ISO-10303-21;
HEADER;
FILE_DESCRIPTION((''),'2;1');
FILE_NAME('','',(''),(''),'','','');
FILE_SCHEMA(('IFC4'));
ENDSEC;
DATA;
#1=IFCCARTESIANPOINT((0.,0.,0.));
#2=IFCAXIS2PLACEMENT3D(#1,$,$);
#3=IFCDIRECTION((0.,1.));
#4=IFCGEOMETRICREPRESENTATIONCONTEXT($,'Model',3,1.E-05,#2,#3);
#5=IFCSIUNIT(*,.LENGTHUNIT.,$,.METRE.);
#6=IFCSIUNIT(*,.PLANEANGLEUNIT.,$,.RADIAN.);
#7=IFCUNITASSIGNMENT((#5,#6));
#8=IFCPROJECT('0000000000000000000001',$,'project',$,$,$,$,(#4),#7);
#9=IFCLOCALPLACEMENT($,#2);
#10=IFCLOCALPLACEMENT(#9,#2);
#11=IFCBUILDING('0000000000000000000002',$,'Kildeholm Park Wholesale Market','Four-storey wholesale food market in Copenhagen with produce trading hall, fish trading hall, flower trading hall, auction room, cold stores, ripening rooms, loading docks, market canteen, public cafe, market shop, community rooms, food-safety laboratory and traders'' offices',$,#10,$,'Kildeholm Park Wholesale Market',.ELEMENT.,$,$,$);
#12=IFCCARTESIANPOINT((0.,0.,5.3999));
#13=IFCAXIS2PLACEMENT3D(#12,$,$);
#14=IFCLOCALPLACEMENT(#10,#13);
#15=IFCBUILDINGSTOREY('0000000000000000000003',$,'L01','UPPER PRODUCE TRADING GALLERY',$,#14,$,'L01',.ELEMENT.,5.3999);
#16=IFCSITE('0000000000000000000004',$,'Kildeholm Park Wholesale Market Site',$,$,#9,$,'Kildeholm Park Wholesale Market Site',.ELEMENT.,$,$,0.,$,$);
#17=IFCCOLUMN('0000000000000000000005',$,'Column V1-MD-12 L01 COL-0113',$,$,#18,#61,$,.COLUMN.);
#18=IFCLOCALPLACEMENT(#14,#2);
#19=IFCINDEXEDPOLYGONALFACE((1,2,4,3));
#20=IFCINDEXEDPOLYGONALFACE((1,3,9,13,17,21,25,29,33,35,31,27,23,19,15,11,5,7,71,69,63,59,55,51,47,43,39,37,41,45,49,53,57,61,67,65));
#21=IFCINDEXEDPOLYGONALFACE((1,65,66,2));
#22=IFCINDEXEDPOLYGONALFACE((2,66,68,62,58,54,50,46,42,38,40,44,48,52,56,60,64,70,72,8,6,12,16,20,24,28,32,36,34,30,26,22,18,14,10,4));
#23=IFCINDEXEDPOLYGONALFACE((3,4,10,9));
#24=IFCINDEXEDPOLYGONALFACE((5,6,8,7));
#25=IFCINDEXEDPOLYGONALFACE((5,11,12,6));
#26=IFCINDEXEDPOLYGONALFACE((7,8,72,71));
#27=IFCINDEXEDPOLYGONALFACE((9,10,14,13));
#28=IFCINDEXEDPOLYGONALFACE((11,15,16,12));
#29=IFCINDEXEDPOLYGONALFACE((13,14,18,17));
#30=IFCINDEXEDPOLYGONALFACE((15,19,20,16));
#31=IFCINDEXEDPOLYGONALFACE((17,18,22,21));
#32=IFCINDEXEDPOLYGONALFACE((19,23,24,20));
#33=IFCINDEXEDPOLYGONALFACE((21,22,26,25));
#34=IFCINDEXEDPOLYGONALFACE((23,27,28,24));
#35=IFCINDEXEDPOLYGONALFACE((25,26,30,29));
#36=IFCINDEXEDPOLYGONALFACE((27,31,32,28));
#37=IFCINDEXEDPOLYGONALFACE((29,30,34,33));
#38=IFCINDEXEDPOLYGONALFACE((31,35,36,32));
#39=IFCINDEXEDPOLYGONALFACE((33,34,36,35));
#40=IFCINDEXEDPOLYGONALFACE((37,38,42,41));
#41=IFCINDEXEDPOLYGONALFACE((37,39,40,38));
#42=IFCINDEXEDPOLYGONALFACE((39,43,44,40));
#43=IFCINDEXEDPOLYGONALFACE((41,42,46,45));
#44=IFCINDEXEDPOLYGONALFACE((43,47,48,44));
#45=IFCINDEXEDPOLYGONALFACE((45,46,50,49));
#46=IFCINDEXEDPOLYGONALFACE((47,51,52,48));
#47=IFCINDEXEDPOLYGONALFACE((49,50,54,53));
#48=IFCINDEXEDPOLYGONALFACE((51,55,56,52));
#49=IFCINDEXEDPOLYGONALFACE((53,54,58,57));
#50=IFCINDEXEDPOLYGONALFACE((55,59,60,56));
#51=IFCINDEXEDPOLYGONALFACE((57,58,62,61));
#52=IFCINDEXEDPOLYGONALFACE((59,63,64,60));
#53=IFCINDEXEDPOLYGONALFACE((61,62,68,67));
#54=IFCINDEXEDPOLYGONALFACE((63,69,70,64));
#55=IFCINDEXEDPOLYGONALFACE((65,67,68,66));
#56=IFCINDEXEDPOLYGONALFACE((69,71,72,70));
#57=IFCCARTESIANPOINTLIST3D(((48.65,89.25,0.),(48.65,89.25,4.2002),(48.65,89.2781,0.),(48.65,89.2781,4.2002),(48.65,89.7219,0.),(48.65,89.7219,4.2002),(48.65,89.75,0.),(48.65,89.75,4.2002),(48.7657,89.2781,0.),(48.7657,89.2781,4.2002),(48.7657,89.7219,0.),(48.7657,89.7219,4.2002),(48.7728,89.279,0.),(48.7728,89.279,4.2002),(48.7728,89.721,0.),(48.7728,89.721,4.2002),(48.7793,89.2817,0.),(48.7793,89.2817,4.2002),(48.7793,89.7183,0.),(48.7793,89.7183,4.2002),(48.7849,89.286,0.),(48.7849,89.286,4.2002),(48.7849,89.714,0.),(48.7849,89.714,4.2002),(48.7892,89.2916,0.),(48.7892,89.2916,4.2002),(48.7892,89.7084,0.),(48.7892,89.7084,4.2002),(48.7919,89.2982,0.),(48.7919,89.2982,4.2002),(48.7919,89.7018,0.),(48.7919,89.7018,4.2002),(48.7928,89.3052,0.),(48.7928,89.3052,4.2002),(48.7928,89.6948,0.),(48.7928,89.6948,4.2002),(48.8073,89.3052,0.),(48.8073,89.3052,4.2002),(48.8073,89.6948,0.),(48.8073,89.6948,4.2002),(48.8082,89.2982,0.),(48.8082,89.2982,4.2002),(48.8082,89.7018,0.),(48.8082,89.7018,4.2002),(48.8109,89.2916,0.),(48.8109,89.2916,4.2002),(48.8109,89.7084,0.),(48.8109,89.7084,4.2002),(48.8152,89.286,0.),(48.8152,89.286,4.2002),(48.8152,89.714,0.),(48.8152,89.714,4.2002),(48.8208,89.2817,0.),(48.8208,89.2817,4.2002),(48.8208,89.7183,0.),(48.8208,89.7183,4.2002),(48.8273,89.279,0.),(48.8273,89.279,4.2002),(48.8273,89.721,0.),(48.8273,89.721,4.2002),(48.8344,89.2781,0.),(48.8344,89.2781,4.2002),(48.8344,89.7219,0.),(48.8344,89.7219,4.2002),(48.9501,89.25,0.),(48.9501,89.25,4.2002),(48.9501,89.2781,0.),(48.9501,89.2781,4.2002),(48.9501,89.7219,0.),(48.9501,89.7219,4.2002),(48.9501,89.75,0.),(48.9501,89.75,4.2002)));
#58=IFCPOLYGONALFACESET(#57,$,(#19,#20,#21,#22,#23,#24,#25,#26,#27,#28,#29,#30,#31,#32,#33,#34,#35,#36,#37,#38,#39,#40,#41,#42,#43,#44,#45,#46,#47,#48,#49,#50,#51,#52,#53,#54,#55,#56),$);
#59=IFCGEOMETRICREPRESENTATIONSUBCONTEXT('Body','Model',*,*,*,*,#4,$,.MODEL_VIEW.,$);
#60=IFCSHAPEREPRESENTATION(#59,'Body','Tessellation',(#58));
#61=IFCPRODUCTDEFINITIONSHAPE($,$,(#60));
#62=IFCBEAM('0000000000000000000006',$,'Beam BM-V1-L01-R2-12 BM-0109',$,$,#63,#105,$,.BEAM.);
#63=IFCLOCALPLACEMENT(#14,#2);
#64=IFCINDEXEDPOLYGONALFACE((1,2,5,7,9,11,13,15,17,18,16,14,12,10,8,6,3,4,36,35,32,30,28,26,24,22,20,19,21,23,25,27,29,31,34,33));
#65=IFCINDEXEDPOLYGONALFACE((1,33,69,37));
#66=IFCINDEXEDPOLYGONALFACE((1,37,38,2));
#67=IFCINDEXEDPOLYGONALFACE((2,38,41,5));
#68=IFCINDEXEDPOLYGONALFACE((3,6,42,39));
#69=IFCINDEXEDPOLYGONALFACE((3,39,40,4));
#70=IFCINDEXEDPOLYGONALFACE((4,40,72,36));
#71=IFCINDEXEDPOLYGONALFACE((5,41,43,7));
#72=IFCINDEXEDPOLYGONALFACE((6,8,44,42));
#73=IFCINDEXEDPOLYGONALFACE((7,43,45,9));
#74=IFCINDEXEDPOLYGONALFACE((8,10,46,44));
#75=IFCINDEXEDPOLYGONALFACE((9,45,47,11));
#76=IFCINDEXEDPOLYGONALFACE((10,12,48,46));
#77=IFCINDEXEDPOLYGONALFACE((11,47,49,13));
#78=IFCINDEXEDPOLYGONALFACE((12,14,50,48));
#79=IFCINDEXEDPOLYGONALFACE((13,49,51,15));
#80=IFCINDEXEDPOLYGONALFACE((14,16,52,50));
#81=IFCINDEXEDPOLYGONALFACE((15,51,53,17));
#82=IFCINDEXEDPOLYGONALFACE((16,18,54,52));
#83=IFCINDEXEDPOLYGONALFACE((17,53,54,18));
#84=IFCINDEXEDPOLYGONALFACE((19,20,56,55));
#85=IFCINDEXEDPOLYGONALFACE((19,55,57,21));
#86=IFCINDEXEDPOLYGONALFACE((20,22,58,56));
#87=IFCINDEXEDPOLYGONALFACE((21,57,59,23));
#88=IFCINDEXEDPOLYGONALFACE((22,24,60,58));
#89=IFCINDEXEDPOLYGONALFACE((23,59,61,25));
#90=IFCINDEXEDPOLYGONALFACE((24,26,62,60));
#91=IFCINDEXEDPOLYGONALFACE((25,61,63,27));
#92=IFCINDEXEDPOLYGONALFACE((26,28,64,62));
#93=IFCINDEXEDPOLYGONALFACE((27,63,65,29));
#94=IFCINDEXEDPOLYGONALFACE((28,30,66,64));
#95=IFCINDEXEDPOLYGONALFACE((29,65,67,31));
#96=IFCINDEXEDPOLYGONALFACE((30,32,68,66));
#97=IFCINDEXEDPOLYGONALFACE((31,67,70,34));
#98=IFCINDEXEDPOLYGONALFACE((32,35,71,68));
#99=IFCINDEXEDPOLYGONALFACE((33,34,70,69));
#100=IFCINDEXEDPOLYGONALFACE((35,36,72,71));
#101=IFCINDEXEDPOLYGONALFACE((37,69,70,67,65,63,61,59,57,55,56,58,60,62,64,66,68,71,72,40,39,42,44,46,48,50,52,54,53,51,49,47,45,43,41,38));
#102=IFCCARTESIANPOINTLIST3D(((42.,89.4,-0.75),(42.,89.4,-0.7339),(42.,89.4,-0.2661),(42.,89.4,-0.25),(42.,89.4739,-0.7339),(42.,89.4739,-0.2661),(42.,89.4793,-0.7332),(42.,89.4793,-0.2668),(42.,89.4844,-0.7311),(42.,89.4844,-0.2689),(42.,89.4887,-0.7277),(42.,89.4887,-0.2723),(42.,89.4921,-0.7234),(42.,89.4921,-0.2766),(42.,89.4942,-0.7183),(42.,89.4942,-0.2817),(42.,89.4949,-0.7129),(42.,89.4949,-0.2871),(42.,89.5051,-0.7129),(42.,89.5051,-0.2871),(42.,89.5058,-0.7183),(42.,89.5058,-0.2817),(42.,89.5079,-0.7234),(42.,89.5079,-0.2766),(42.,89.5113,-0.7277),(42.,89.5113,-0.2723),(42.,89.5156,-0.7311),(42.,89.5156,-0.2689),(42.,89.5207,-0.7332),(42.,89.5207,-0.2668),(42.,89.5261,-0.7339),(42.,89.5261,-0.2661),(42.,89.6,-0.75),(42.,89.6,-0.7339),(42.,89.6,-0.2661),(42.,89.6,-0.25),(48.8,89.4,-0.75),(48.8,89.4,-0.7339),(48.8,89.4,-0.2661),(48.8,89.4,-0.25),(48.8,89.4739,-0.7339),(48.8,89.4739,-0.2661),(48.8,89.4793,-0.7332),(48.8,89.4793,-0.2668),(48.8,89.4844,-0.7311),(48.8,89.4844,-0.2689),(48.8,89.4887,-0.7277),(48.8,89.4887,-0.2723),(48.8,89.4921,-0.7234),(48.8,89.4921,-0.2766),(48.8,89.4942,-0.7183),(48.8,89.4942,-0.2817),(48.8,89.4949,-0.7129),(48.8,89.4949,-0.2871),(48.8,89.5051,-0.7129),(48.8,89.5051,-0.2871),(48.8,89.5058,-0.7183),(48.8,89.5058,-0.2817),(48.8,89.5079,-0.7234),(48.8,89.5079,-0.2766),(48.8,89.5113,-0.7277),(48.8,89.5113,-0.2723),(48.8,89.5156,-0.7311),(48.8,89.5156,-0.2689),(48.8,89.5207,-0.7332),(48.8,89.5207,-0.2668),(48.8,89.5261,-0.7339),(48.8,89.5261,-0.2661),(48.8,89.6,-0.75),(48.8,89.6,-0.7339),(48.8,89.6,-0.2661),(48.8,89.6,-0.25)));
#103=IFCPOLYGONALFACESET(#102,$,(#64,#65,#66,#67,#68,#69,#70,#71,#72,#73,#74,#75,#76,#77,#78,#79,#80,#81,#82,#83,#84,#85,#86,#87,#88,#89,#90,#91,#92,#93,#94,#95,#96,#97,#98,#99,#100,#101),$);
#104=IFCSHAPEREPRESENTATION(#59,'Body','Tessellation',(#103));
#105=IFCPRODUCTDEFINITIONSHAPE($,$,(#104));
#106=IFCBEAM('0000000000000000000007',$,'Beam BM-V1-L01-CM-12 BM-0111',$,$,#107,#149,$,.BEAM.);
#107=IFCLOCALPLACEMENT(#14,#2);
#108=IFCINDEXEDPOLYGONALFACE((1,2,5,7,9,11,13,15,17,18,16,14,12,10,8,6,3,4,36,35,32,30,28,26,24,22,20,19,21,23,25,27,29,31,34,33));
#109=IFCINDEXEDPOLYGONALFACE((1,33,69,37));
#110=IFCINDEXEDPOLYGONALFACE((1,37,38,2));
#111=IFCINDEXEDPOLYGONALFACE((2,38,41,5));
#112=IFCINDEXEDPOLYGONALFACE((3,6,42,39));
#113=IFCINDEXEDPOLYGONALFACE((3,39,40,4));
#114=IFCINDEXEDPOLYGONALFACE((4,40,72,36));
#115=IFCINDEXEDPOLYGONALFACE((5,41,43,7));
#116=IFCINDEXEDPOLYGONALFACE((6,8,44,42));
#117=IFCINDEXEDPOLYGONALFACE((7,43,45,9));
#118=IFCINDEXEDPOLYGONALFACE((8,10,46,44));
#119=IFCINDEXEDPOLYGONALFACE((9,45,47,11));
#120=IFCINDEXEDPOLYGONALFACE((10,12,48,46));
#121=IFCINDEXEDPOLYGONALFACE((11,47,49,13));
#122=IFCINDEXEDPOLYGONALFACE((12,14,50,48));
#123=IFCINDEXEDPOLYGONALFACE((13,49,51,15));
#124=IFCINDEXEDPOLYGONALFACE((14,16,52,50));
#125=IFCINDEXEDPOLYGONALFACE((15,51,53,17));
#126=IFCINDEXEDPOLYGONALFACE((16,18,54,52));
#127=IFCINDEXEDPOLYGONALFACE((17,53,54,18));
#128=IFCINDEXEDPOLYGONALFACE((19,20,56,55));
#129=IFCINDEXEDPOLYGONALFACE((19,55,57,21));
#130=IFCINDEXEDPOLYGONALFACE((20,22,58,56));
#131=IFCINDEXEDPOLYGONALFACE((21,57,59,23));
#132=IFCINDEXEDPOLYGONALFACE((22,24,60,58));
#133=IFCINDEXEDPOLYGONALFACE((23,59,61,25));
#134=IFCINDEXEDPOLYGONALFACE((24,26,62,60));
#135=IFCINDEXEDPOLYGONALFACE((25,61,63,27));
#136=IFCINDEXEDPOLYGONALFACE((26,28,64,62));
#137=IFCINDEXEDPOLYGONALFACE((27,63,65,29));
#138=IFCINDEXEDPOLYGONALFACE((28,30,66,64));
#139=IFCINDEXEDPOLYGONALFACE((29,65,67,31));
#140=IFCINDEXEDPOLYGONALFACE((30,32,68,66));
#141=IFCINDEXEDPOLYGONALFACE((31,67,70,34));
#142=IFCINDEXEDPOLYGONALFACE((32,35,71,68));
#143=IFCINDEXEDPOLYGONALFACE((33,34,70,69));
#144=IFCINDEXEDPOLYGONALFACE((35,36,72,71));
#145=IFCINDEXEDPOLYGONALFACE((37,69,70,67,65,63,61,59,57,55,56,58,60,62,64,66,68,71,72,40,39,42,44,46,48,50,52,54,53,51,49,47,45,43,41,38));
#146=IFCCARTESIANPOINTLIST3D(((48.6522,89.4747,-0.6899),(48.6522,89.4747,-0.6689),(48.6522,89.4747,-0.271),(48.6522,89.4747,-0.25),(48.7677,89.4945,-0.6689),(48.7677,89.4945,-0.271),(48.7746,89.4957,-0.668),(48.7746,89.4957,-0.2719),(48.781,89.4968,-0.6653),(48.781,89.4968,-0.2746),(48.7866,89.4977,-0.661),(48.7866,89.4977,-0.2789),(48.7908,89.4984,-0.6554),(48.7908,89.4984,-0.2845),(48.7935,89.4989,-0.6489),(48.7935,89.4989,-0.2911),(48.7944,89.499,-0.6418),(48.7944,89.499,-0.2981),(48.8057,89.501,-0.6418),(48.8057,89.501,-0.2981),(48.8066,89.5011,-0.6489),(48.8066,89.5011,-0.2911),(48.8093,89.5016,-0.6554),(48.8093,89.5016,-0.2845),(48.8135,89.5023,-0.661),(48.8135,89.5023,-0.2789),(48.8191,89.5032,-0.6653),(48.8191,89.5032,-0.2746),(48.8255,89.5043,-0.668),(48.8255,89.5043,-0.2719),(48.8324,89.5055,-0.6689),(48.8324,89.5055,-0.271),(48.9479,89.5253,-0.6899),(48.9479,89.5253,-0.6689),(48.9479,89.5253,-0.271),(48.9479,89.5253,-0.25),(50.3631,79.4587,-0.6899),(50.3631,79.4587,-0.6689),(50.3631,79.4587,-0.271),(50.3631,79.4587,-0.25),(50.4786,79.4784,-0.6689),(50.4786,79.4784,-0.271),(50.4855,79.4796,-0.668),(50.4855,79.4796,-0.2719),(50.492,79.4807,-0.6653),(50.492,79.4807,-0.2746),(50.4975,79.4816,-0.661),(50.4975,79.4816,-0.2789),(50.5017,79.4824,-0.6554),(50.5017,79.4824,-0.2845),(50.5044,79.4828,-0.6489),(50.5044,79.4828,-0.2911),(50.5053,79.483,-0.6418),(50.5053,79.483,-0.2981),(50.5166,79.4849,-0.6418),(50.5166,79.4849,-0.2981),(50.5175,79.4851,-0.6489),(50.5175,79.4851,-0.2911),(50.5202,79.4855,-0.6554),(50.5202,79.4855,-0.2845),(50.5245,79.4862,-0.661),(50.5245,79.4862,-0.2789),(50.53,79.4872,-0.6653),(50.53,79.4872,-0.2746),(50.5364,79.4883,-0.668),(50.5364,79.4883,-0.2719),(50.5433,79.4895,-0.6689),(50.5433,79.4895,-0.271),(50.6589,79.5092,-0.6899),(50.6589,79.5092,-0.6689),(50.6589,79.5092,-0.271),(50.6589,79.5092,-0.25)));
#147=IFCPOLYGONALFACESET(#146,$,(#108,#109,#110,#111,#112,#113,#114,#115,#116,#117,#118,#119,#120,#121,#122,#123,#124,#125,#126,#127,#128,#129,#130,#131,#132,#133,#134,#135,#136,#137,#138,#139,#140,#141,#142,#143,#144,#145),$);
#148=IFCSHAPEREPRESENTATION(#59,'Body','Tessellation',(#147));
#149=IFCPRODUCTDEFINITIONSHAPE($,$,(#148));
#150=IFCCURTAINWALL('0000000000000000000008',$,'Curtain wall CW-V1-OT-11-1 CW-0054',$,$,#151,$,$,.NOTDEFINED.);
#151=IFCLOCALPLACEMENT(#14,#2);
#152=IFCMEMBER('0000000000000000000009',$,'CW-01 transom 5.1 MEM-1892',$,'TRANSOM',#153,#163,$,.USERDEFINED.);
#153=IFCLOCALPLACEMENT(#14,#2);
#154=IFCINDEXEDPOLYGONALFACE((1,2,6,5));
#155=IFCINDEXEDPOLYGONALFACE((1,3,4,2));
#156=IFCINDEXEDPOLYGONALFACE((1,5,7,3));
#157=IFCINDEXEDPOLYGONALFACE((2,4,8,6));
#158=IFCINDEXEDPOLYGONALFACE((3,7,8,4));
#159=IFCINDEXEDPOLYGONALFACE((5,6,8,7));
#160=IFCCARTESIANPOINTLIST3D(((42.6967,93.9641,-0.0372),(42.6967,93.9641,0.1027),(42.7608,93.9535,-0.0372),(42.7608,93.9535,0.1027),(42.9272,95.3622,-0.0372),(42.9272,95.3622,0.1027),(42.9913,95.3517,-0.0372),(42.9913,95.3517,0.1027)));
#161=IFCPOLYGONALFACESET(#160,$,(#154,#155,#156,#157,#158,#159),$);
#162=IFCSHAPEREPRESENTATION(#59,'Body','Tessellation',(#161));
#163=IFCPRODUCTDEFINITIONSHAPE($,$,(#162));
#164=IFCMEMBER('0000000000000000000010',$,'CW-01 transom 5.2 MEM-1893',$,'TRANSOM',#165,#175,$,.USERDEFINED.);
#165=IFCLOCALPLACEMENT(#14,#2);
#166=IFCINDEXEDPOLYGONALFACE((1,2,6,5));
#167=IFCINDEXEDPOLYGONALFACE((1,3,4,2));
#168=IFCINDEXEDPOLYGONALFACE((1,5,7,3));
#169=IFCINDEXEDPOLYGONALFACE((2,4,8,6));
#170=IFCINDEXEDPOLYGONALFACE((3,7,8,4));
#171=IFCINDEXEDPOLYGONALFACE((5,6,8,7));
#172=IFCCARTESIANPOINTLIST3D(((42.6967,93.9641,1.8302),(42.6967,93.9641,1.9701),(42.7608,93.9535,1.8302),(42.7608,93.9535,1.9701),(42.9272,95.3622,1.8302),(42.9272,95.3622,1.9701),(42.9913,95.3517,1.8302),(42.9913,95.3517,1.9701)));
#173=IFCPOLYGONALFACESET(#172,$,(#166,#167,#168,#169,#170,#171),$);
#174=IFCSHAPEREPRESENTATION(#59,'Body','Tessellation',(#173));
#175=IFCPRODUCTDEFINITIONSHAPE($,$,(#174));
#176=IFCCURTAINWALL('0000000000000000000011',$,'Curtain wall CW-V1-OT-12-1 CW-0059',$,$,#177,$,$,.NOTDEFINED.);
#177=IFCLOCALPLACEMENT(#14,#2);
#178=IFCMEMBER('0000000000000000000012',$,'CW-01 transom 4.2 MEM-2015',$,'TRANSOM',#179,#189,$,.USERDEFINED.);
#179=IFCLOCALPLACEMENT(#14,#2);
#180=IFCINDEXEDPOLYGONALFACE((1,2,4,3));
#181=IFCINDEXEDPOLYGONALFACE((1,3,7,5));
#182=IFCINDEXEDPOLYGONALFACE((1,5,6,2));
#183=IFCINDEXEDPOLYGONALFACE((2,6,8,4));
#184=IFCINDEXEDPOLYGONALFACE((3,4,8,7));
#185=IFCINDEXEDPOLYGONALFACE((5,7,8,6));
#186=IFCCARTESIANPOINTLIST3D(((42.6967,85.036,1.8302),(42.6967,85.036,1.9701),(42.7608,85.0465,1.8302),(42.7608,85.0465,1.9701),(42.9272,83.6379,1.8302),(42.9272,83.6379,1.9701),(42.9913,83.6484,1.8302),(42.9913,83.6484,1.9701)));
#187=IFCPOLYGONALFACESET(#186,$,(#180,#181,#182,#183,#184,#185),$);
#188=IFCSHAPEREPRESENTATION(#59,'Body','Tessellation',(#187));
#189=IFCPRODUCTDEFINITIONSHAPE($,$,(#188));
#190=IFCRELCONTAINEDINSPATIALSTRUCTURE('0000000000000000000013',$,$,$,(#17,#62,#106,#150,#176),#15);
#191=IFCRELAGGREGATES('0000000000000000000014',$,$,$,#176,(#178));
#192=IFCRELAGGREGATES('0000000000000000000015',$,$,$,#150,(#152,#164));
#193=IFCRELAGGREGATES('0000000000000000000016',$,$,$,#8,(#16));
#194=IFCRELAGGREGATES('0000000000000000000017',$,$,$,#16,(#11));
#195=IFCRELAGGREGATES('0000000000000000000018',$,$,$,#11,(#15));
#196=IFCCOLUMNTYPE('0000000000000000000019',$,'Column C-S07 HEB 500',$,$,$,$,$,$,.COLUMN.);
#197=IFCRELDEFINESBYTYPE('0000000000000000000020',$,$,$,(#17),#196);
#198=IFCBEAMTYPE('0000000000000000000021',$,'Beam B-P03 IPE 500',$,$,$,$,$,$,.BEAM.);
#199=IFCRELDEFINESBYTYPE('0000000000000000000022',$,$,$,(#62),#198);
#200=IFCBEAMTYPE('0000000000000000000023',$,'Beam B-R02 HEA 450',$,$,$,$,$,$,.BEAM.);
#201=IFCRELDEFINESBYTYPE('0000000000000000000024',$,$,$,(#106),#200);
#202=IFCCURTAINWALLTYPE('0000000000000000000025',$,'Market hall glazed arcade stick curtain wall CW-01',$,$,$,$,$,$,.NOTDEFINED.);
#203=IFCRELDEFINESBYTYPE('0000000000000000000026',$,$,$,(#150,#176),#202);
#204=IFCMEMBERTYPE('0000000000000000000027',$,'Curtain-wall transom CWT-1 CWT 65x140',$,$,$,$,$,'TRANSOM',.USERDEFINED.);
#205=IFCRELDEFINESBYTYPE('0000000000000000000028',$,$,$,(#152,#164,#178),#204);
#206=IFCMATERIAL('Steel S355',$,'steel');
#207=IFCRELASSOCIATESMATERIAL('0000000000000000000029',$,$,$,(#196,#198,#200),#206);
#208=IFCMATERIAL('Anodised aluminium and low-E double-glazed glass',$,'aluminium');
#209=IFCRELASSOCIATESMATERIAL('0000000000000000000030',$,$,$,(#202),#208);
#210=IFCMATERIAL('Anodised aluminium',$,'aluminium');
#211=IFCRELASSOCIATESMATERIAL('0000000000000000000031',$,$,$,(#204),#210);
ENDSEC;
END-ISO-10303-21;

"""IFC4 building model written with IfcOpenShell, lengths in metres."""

from ifc_helpers import new_model, si_unit, direction, frame, origin, origin_2d, place, context, subcontext, project, spatial, rectangle, i_section, extrude, material, material_profile, profile_set, type_object, element, aggregate, save


model = new_model("IFC4")

# Units and contexts
model_context = context("Model", 3, precision=1e-05, world=origin(), true_north=direction((0.0, 1.0)))
body_context = subcontext(model_context, "Body", "Model", "MODEL_VIEW")
ifc_project = project(units=[si_unit("LENGTHUNIT", "METRE"), si_unit("PLANEANGLEUNIT", "RADIAN")], contexts=[model_context])

# Site, building, storey
site_placement = place(None, origin())
site = spatial("IfcSite", under=ifc_project, at=site_placement, Name="Kildeholm Park Wholesale Market Site", LongName="Kildeholm Park Wholesale Market Site", CompositionType="ELEMENT", RefElevation=0.0)
building_placement = place(site_placement, origin())
building = spatial("IfcBuilding", under=site, at=building_placement, Name="Kildeholm Park Wholesale Market", Description="Four-storey wholesale food market in Copenhagen with produce trading hall, fish trading hall, flower trading hall, auction room, cold stores, ripening rooms, loading docks, market canteen, public cafe, market shop, community rooms, food-safety laboratory and traders' offices", LongName="Kildeholm Park Wholesale Market", CompositionType="ELEMENT")
storey_placement = place(building_placement, frame((0.0, 0.0, 5.3999)))
storey = spatial("IfcBuildingStorey", under=building, at=storey_placement, Name="L01", Description="UPPER PRODUCE TRADING GALLERY", LongName="L01", CompositionType="ELEMENT", Elevation=5.3999)

# Column
ifc_material_1 = material(Name="Steel S355", Category="steel")
ifc_material_profile_1 = material_profile(ifc_material_1, i_section(OverallWidth=0.3, OverallDepth=0.5, WebThickness=0.0144, FlangeThickness=0.0281, FilletRadius=0.0271, at=origin_2d()), Name="HEB 500")
ifc_profile_set_1 = profile_set([ifc_material_profile_1], Name="Steel S355")
column_type = type_object("IfcColumnType", Name="Column C-S07 HEB 500", PredefinedType="COLUMN", material=ifc_profile_set_1)
column_placement = place(storey_placement, frame((48.8, 89.5, 0.0), z_axis=(0.0, 0.0, 1.0), x_axis=(-1.0, 0.0, 0.0)))
element("IfcColumn", 1, at=column_placement, inside=storey, type_object=column_type, Name="Column V1-MD-12 L01 COL-0113", PredefinedType="COLUMN", context=body_context, shape_type="SweptSolid", body=[
    extrude(i_section(OverallWidth=0.3, OverallDepth=0.5, WebThickness=0.0144, FlangeThickness=0.0281, FilletRadius=0.0271, at=origin_2d()), origin(), (0.0, 0.0, 1.0), 4.2002),
])

# Beams
ifc_material_profile_2 = material_profile(ifc_material_1, i_section(OverallWidth=0.2, OverallDepth=0.5, WebThickness=0.0103, FlangeThickness=0.0161, FilletRadius=0.021, at=origin_2d()), Name="IPE 500")
ifc_profile_set_2 = profile_set([ifc_material_profile_2], Name="Steel S355")
beam_type_1 = type_object("IfcBeamType", Name="Beam B-P03 IPE 500", PredefinedType="BEAM", material=ifc_profile_set_2)
beam_1_placement = place(storey_placement, frame((48.8, 89.5, -0.5), z_axis=(-1.0, 0.0, 0.0), x_axis=(0.0, -1.0, 0.0)))
element("IfcBeam", 2, at=beam_1_placement, inside=storey, type_object=beam_type_1, Name="Beam BM-V1-L01-R2-12 BM-0109", PredefinedType="BEAM", context=body_context, shape_type="SweptSolid", body=[
    extrude(i_section(OverallWidth=0.2, OverallDepth=0.5, WebThickness=0.0103, FlangeThickness=0.0161, FilletRadius=0.021, at=origin_2d()), origin(), (0.0, 0.0, 1.0), 6.8),
])
ifc_material_profile_3 = material_profile(ifc_material_1, i_section(OverallWidth=0.3, OverallDepth=0.4399, WebThickness=0.0115, FlangeThickness=0.021, FilletRadius=0.0271, at=origin_2d()), Name="HEA 450")
ifc_profile_set_3 = profile_set([ifc_material_profile_3], Name="Steel S355")
beam_type_2 = type_object("IfcBeamType", Name="Beam B-R02 HEA 450", PredefinedType="BEAM", material=ifc_profile_set_3)
beam_2_placement = place(storey_placement, frame((48.8, 89.5, -0.47), z_axis=(0.16838, -0.985722, 0.0), x_axis=(0.985722, 0.16838, 0.0)))
element("IfcBeam", 3, at=beam_2_placement, inside=storey, type_object=beam_type_2, Name="Beam BM-V1-L01-CM-12 BM-0111", PredefinedType="BEAM", context=body_context, shape_type="SweptSolid", body=[
    extrude(i_section(OverallWidth=0.3, OverallDepth=0.4399, WebThickness=0.0115, FlangeThickness=0.021, FilletRadius=0.0271, at=origin_2d()), origin(), (0.0, 0.0, 1.0), 10.1611),
])

# Curtain walls, members
ifc_material_2 = material(Name="Anodised aluminium and low-E double-glazed glass", Category="aluminium")
curtain_wall_type = type_object("IfcCurtainWallType", Name="Market hall glazed arcade stick curtain wall CW-01", PredefinedType="NOTDEFINED", material=ifc_material_2)
curtain_wall_1_placement = place(storey_placement, origin())
curtain_wall_1 = element("IfcCurtainWall", 4, at=curtain_wall_1_placement, inside=storey, type_object=curtain_wall_type, Name="Curtain wall CW-V1-OT-11-1 CW-0054", PredefinedType="NOTDEFINED")
ifc_material_3 = material(Name="Anodised aluminium", Category="aluminium")
ifc_material_profile_4 = material_profile(ifc_material_3, rectangle(XDim=0.0649, YDim=0.1399, at=origin_2d()), Name="CWT 65x140")
ifc_profile_set_4 = profile_set([ifc_material_profile_4], Name="Anodised aluminium")
member_type = type_object("IfcMemberType", Name="Curtain-wall transom CWT-1 CWT 65x140", ElementType="TRANSOM", PredefinedType="USERDEFINED", material=ifc_profile_set_4)
member_1_placement = place(storey_placement, frame((42.9592, 95.3569, 0.0327), z_axis=(-0.162639, -0.986686, 0.0), x_axis=(0.986686, -0.162639, 0.0)))
member_1 = element("IfcMember", 5, at=member_1_placement, type_object=member_type, Name="CW-01 transom 5.1 MEM-1892", ObjectType="TRANSOM", PredefinedType="USERDEFINED", context=body_context, shape_type="SweptSolid", body=[
    extrude(rectangle(XDim=0.0649, YDim=0.1399, at=origin_2d()), origin(), (0.0, 0.0, 1.0), 1.417),
])
member_2_placement = place(storey_placement, frame((42.9592, 95.3569, 1.9001), z_axis=(-0.162639, -0.986686, 0.0), x_axis=(0.986686, -0.162639, 0.0)))
member_2 = element("IfcMember", 6, at=member_2_placement, type_object=member_type, Name="CW-01 transom 5.2 MEM-1893", ObjectType="TRANSOM", PredefinedType="USERDEFINED", context=body_context, shape_type="SweptSolid", body=[
    extrude(rectangle(XDim=0.0649, YDim=0.1399, at=origin_2d()), origin(), (0.0, 0.0, 1.0), 1.417),
])
curtain_wall_2_placement = place(storey_placement, origin())
curtain_wall_2 = element("IfcCurtainWall", 7, at=curtain_wall_2_placement, inside=storey, type_object=curtain_wall_type, Name="Curtain wall CW-V1-OT-12-1 CW-0059", PredefinedType="NOTDEFINED")
member_3_placement = place(storey_placement, frame((42.7288, 85.0413, 1.9001), z_axis=(0.162639, -0.986686, 0.0), x_axis=(0.986686, 0.162639, 0.0)))
member_3 = element("IfcMember", 8, at=member_3_placement, type_object=member_type, Name="CW-01 transom 4.2 MEM-2015", ObjectType="TRANSOM", PredefinedType="USERDEFINED", context=body_context, shape_type="SweptSolid", body=[
    extrude(rectangle(XDim=0.0649, YDim=0.1399, at=origin_2d()), origin(), (0.0, 0.0, 1.0), 1.417),
])
aggregate(curtain_wall_2, [member_3])

aggregate(curtain_wall_1, [member_1, member_2])

save(model, "model.ifc")
